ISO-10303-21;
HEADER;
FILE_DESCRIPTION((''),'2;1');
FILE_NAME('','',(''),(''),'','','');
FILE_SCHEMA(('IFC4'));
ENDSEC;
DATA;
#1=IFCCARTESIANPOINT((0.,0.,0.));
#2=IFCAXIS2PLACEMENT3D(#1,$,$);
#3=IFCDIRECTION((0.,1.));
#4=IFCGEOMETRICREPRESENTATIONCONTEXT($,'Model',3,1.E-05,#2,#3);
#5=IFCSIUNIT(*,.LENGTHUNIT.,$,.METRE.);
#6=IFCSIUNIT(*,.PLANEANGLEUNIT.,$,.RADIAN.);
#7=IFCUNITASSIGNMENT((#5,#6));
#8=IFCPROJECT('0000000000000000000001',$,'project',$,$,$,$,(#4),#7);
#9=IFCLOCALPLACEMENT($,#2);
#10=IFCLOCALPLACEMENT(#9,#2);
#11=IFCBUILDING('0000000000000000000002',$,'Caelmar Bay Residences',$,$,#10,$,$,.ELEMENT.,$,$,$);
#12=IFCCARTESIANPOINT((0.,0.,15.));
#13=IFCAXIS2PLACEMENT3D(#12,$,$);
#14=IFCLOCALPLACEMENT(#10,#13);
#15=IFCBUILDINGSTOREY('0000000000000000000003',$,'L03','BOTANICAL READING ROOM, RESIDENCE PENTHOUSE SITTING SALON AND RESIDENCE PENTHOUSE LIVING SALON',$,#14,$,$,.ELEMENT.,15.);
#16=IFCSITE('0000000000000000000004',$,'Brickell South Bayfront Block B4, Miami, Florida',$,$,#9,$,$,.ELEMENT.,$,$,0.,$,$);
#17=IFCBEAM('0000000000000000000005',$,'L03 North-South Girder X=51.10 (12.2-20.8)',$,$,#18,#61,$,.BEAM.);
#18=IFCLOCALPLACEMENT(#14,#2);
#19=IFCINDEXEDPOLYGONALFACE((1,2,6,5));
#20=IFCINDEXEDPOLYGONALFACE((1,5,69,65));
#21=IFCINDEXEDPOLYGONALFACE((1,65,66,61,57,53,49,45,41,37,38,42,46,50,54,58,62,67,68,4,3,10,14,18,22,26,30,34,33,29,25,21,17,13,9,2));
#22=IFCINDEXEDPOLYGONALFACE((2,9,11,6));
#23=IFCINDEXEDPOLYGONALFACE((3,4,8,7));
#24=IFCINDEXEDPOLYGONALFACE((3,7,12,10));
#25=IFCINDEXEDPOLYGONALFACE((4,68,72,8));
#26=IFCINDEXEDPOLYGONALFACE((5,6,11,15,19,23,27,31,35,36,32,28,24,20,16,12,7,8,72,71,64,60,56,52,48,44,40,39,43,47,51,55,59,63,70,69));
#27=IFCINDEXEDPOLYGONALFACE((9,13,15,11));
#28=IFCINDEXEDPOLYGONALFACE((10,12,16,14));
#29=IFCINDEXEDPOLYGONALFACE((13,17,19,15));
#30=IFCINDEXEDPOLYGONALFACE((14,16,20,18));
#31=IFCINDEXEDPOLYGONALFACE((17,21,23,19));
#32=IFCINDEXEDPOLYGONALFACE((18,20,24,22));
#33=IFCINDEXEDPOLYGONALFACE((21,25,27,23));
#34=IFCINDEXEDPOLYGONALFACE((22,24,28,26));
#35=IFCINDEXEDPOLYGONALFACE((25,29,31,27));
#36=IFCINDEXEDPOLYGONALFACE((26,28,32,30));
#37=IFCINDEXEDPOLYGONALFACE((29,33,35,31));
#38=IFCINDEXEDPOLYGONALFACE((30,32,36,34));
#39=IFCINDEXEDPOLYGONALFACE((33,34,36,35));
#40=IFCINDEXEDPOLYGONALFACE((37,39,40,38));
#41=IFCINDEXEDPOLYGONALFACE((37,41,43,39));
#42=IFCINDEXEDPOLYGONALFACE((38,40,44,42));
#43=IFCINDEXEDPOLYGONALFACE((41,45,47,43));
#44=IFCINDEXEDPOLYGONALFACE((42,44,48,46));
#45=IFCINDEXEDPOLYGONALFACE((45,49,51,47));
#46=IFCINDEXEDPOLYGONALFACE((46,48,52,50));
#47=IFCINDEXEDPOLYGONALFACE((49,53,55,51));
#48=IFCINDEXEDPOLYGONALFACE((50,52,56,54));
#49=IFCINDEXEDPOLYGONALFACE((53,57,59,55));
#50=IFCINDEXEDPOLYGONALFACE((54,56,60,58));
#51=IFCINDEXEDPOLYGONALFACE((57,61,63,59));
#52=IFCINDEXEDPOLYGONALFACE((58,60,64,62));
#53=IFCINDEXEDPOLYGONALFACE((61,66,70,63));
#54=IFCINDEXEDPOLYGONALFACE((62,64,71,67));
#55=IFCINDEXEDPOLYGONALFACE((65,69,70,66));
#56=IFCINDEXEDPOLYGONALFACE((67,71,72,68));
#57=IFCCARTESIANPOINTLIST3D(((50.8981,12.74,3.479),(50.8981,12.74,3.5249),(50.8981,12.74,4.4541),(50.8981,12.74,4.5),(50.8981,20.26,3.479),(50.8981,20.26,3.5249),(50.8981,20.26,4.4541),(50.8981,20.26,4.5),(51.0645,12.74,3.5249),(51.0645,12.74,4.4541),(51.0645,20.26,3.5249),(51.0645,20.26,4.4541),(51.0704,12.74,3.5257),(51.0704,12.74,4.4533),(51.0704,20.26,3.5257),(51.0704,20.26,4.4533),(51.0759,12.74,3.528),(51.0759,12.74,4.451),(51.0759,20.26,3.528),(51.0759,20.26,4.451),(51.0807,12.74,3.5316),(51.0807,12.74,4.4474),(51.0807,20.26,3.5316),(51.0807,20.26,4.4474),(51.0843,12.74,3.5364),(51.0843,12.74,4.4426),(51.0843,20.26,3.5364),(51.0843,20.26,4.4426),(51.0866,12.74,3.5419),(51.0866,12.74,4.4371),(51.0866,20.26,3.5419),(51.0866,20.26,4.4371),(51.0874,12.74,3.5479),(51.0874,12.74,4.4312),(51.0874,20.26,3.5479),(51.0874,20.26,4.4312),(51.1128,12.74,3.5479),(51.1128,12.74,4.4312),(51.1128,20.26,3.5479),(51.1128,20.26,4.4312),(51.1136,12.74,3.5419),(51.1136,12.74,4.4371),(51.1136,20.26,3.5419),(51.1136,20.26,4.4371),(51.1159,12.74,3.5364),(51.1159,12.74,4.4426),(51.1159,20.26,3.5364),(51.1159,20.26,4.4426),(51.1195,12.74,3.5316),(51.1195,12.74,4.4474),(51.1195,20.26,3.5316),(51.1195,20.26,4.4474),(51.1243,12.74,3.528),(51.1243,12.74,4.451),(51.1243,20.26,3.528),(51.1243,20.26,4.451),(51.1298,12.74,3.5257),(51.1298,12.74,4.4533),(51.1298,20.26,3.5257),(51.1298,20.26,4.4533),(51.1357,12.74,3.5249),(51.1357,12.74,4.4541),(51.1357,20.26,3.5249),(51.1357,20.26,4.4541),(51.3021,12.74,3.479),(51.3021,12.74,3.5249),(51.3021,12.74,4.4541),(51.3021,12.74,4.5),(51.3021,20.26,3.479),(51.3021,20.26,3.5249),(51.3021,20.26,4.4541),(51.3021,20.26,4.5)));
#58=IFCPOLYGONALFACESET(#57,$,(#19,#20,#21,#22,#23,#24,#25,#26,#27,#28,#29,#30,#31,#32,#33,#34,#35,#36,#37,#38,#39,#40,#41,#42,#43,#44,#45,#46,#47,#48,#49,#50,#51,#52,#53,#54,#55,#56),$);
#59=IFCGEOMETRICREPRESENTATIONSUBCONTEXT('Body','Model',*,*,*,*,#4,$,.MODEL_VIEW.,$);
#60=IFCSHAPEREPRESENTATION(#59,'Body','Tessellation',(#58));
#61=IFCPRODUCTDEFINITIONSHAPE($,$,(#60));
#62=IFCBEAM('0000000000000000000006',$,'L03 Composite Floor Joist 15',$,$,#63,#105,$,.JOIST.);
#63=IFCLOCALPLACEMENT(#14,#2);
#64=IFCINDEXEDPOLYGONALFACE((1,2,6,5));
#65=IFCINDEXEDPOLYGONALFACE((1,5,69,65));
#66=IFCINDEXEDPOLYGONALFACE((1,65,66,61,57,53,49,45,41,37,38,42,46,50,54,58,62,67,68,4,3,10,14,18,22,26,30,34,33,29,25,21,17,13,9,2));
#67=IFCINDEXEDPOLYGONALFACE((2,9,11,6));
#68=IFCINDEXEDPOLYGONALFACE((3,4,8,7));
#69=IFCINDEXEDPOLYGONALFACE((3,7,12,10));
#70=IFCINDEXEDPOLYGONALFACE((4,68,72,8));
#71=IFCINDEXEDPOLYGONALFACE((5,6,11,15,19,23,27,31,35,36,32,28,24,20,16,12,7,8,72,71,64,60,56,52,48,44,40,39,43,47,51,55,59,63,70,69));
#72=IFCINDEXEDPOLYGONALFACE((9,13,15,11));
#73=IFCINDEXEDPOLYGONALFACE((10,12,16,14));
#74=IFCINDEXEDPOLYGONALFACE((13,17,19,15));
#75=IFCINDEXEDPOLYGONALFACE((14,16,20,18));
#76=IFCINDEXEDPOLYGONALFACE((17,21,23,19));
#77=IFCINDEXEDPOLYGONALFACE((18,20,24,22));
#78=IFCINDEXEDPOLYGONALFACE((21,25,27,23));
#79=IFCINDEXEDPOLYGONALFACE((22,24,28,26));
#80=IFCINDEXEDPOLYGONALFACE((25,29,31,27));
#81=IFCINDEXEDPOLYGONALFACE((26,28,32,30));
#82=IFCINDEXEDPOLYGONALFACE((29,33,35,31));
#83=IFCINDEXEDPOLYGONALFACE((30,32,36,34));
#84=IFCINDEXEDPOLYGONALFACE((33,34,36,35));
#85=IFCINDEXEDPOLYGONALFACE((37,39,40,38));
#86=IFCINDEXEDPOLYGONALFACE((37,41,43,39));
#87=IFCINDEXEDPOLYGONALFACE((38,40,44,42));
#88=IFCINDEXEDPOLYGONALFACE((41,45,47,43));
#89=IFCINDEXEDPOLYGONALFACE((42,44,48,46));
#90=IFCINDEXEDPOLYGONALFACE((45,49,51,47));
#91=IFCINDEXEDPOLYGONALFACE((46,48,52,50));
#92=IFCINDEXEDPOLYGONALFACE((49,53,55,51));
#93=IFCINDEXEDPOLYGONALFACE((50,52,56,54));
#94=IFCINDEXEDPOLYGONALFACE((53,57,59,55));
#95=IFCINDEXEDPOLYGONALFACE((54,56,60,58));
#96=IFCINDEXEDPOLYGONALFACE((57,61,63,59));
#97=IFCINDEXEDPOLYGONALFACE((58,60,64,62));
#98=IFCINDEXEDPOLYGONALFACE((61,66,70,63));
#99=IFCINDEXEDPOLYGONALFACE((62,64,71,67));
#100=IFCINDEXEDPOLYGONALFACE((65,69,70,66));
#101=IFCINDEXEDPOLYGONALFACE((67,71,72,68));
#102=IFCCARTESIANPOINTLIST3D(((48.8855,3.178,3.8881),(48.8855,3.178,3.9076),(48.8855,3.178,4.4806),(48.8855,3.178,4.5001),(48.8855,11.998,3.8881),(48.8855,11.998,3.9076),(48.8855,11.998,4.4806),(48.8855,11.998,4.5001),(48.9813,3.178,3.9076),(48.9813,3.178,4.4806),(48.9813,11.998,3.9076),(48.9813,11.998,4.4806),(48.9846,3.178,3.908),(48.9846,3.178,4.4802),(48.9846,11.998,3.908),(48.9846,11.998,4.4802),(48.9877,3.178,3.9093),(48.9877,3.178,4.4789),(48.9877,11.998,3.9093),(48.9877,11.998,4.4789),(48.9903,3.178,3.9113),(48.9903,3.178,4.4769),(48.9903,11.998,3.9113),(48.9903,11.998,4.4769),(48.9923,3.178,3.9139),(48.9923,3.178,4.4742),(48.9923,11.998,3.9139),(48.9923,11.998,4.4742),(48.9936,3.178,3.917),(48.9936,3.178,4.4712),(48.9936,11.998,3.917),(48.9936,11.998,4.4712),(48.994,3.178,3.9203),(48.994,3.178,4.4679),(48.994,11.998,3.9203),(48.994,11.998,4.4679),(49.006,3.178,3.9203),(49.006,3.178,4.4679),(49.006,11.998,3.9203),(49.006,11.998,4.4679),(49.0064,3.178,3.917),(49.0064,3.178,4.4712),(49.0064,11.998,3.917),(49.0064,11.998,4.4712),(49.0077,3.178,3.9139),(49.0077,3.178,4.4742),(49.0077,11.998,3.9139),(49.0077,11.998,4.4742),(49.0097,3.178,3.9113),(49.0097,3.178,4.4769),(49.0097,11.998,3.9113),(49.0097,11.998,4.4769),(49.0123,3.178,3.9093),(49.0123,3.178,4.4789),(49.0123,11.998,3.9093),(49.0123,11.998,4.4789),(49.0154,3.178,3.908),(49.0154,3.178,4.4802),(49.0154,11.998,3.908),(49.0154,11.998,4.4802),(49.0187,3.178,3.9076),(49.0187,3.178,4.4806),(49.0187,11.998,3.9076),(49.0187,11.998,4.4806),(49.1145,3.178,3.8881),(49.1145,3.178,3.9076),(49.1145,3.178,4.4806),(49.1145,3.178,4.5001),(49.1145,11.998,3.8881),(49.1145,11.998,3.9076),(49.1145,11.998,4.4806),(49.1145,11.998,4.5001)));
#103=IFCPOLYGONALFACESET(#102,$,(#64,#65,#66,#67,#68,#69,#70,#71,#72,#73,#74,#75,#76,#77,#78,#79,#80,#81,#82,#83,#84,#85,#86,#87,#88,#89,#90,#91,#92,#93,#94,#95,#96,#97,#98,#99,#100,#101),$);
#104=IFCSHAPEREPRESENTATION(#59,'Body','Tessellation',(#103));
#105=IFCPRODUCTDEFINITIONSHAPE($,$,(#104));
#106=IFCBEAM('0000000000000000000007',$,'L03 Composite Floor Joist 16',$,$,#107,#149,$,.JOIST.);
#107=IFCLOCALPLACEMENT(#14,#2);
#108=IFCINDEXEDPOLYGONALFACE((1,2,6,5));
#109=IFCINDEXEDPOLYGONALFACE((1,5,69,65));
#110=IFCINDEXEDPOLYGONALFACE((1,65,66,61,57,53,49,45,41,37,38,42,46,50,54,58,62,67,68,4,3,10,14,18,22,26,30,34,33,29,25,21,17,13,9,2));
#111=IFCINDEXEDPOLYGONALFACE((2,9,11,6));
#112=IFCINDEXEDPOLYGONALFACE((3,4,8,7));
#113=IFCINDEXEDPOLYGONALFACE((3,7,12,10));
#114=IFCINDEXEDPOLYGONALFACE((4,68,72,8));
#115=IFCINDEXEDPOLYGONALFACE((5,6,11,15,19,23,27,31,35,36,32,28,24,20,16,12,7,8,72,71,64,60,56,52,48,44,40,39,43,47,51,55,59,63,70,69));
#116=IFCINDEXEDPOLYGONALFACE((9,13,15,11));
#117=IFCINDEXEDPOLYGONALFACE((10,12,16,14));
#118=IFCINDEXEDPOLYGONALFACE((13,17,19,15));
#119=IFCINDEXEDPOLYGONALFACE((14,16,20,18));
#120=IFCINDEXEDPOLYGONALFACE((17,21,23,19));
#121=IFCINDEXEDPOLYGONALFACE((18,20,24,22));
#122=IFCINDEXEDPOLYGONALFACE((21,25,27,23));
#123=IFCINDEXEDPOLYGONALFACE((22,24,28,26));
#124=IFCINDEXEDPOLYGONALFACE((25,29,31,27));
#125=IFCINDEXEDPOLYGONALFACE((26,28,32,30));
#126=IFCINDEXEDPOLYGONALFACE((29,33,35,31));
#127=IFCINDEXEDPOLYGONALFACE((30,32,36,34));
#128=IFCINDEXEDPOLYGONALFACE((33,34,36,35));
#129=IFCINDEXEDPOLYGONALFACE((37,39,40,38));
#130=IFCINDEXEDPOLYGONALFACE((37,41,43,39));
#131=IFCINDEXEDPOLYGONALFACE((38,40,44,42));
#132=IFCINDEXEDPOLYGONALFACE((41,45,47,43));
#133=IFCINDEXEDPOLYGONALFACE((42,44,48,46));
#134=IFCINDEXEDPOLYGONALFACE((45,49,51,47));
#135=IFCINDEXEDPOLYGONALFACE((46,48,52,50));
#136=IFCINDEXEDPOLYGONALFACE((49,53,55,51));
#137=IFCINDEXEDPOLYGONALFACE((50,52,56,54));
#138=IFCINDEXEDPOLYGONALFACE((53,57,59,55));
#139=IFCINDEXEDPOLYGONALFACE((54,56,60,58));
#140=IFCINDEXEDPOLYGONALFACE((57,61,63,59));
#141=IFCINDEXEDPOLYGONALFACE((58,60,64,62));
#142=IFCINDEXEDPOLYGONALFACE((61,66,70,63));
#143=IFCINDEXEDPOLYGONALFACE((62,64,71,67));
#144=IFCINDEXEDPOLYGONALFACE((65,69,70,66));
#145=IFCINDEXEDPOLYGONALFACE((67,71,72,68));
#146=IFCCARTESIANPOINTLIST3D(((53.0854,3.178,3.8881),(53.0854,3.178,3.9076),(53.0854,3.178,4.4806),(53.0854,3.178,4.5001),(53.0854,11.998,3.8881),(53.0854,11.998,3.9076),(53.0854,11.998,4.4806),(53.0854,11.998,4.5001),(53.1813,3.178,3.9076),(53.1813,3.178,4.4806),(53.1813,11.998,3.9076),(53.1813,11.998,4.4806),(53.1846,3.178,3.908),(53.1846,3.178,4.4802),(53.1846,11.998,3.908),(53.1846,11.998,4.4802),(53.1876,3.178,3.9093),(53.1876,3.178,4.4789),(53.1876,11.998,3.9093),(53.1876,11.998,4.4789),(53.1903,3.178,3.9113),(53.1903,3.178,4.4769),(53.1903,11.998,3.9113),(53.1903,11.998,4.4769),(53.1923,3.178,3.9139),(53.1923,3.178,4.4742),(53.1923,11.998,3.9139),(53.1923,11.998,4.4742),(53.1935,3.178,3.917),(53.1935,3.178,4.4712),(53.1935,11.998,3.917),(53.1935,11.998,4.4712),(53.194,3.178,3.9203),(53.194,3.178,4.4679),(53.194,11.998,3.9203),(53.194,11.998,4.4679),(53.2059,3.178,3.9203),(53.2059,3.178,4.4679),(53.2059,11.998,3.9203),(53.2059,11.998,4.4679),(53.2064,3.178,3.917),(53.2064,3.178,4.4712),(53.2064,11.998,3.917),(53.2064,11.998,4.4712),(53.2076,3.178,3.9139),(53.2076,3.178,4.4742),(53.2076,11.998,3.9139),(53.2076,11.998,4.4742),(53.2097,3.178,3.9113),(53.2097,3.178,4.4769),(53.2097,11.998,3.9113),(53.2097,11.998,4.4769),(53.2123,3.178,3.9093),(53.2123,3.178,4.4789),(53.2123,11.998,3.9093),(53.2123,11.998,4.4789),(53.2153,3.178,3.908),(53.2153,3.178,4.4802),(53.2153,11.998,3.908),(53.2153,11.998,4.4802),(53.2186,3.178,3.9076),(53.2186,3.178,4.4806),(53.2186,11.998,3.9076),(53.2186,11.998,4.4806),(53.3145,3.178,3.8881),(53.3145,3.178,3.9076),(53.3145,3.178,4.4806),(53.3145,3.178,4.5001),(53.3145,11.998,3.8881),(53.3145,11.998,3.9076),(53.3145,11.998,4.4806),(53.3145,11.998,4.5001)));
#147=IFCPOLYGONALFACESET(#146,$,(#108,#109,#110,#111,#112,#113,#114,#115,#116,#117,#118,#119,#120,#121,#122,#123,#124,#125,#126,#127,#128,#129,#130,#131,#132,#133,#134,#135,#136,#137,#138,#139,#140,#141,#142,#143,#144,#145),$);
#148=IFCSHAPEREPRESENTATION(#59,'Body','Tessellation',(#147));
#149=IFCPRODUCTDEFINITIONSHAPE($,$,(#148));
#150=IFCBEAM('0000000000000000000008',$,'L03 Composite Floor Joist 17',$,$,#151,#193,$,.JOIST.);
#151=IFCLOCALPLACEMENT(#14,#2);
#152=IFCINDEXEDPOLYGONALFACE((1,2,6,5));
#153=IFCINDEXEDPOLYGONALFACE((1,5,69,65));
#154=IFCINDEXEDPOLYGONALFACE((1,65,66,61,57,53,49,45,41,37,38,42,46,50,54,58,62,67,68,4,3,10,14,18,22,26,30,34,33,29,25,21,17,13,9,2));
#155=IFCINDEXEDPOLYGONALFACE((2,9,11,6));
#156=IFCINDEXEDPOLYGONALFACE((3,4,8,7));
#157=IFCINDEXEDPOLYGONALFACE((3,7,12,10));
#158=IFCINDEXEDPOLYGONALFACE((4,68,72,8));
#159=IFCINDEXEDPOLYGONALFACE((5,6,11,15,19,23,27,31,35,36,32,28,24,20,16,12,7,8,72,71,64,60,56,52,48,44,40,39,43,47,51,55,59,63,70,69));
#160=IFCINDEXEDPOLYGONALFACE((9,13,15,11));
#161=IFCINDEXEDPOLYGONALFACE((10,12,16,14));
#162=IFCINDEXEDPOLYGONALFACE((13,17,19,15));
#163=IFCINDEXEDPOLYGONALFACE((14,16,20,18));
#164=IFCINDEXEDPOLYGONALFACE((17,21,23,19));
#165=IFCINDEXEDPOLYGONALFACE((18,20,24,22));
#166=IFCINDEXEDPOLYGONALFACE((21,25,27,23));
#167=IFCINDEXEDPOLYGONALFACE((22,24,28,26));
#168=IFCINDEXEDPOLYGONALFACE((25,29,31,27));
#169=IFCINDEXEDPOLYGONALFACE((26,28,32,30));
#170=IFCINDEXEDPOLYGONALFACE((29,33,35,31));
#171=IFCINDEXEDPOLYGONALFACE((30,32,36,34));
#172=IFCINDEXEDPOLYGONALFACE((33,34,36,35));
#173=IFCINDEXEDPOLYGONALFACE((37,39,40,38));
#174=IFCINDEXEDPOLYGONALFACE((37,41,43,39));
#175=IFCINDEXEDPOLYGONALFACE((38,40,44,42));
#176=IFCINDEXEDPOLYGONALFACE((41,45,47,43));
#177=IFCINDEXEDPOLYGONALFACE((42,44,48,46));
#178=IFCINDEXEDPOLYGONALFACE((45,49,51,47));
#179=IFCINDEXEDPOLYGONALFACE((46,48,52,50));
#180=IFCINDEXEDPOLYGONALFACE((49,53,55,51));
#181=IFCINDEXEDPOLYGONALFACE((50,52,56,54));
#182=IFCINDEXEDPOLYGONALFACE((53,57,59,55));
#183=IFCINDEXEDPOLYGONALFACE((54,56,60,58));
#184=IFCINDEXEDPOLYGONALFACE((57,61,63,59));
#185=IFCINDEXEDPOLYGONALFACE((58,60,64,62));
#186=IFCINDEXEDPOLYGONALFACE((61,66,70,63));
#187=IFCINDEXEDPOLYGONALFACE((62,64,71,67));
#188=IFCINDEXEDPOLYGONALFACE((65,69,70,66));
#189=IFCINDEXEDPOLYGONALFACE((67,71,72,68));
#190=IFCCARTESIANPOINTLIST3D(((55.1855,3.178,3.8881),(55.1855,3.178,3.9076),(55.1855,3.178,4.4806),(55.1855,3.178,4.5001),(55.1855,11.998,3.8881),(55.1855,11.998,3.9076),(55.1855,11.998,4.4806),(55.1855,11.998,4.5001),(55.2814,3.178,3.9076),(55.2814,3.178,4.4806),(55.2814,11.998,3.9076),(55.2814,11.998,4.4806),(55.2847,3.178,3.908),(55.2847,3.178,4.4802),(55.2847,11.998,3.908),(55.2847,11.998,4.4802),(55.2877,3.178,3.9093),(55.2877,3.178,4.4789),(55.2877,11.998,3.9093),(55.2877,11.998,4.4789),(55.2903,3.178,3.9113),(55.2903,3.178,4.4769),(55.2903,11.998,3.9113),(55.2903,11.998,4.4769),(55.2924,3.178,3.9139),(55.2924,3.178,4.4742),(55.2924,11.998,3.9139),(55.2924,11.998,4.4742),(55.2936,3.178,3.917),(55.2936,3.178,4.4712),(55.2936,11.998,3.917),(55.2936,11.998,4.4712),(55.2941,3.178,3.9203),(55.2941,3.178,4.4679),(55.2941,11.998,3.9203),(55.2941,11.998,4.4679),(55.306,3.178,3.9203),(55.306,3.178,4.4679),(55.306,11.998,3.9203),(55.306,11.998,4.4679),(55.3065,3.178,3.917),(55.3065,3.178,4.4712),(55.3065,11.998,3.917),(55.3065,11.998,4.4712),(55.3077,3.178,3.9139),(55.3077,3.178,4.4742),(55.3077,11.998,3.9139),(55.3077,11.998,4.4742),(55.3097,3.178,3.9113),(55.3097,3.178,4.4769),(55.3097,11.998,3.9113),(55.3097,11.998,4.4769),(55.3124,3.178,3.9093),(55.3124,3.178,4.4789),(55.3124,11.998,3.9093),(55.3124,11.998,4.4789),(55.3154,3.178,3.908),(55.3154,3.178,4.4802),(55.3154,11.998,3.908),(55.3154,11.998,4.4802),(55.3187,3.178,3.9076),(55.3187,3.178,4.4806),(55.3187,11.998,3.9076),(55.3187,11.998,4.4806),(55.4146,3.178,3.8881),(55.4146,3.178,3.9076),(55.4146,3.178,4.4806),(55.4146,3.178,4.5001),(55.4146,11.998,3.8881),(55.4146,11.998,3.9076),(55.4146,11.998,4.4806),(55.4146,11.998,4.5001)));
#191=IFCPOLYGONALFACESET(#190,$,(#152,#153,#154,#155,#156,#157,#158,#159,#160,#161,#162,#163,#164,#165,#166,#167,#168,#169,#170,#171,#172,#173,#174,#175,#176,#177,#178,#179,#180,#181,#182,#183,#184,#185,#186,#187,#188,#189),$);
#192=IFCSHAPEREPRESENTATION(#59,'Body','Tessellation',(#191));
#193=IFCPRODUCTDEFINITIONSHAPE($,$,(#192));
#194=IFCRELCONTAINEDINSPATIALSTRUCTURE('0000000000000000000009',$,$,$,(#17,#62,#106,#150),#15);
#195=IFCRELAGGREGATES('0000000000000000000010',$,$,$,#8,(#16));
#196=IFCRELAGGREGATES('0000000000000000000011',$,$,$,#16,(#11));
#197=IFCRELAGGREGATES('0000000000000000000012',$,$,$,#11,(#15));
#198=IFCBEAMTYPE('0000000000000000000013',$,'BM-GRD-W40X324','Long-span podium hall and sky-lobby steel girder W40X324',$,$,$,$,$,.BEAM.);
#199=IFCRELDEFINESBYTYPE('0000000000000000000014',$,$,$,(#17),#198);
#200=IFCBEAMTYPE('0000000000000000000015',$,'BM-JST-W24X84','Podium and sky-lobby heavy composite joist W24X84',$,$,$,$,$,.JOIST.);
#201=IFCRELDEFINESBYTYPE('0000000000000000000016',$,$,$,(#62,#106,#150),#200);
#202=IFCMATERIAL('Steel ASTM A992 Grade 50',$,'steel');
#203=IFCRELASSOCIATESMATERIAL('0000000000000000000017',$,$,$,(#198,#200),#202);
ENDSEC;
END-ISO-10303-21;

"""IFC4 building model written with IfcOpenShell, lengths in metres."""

from ifc_helpers import new_model, si_unit, direction, frame, origin, origin_2d, place, context, subcontext, project, spatial, i_section, extrude, material, material_profile, profile_set, type_object, element, save


model = new_model("IFC4")

# Units and contexts
model_context = context("Model", 3, precision=1e-05, world=origin(), true_north=direction((0.0, 1.0)))
body_context = subcontext(model_context, "Body", "Model", "MODEL_VIEW")
ifc_project = project(units=[si_unit("LENGTHUNIT", "METRE"), si_unit("PLANEANGLEUNIT", "RADIAN")], contexts=[model_context])

# Site, building, storey
site_placement = place(None, origin())
site = spatial("IfcSite", under=ifc_project, at=site_placement, Name="Brickell South Bayfront Block B4, Miami, Florida", CompositionType="ELEMENT", RefElevation=0.0)
building_placement = place(site_placement, origin())
building = spatial("IfcBuilding", under=site, at=building_placement, Name="Caelmar Bay Residences", CompositionType="ELEMENT")
storey_placement = place(building_placement, frame((0.0, 0.0, 15.0)))
storey = spatial("IfcBuildingStorey", under=building, at=storey_placement, Name="L03", Description="BOTANICAL READING ROOM, RESIDENCE PENTHOUSE SITTING SALON AND RESIDENCE PENTHOUSE LIVING SALON", CompositionType="ELEMENT", Elevation=15.0)

# Beams
ifc_material_1 = material(Name="Steel ASTM A992 Grade 50", Category="steel")
ifc_material_profile_1 = material_profile(ifc_material_1, i_section(OverallWidth=0.4041, OverallDepth=1.021, WebThickness=0.0254, FlangeThickness=0.0459, FilletRadius=0.0229, at=origin_2d()), Name="W40X324")
ifc_profile_set_1 = profile_set([ifc_material_profile_1], Name="Steel ASTM A992 Grade 50")
beam_type_1 = type_object("IfcBeamType", Name="BM-GRD-W40X324", Description="Long-span podium hall and sky-lobby steel girder W40X324", PredefinedType="BEAM", material=ifc_profile_set_1)
beam_1_placement = place(storey_placement, frame((51.1001, 12.74, 3.9895), z_axis=(0.0, 1.0, 0.0), x_axis=(-1.0, 0.0, 0.0)))
element("IfcBeam", 1, at=beam_1_placement, inside=storey, type_object=beam_type_1, Name="L03 North-South Girder X=51.10 (12.2-20.8)", PredefinedType="BEAM", context=body_context, shape_type="SweptSolid", body=[
    extrude(i_section(OverallWidth=0.4041, OverallDepth=1.021, WebThickness=0.0254, FlangeThickness=0.0459, FilletRadius=0.0229, at=origin_2d()), origin(), (0.0, 0.0, 1.0), 7.52),
])
ifc_material_profile_2 = material_profile(ifc_material_1, i_section(OverallWidth=0.229, OverallDepth=0.6121, WebThickness=0.012, FlangeThickness=0.0195, FilletRadius=0.0127, at=origin_2d()), Name="W24X84")
ifc_profile_set_2 = profile_set([ifc_material_profile_2], Name="Steel ASTM A992 Grade 50")
beam_type_2 = type_object("IfcBeamType", Name="BM-JST-W24X84", Description="Podium and sky-lobby heavy composite joist W24X84", PredefinedType="JOIST", material=ifc_profile_set_2)
for number, where, z_axis, x_axis, name in (
    (2, (49.0, 3.178, 4.1941), (0.0, 1.0, 0.0), (-1.0, 0.0, 0.0), "L03 Composite Floor Joist 15"),
    (3, (53.2, 3.178, 4.1941), (0.0, 1.0, 0.0), (-1.0, 0.0, 0.0), "L03 Composite Floor Joist 16"),
    (4, (55.3, 3.178, 4.1941), (0.0, 1.0, 0.0), (-1.0, 0.0, 0.0), "L03 Composite Floor Joist 17"),
):
    element("IfcBeam", number, at=place(storey_placement, frame(where, z_axis=z_axis, x_axis=x_axis)), inside=storey, type_object=beam_type_2, Name=name, PredefinedType="JOIST", context=body_context, shape_type="SweptSolid", body=[
        extrude(i_section(OverallWidth=0.229, OverallDepth=0.6121, WebThickness=0.012, FlangeThickness=0.0195, FilletRadius=0.0127, at=origin_2d()), origin(), (0.0, 0.0, 1.0), 8.8201),
    ])

save(model, "model.ifc")
